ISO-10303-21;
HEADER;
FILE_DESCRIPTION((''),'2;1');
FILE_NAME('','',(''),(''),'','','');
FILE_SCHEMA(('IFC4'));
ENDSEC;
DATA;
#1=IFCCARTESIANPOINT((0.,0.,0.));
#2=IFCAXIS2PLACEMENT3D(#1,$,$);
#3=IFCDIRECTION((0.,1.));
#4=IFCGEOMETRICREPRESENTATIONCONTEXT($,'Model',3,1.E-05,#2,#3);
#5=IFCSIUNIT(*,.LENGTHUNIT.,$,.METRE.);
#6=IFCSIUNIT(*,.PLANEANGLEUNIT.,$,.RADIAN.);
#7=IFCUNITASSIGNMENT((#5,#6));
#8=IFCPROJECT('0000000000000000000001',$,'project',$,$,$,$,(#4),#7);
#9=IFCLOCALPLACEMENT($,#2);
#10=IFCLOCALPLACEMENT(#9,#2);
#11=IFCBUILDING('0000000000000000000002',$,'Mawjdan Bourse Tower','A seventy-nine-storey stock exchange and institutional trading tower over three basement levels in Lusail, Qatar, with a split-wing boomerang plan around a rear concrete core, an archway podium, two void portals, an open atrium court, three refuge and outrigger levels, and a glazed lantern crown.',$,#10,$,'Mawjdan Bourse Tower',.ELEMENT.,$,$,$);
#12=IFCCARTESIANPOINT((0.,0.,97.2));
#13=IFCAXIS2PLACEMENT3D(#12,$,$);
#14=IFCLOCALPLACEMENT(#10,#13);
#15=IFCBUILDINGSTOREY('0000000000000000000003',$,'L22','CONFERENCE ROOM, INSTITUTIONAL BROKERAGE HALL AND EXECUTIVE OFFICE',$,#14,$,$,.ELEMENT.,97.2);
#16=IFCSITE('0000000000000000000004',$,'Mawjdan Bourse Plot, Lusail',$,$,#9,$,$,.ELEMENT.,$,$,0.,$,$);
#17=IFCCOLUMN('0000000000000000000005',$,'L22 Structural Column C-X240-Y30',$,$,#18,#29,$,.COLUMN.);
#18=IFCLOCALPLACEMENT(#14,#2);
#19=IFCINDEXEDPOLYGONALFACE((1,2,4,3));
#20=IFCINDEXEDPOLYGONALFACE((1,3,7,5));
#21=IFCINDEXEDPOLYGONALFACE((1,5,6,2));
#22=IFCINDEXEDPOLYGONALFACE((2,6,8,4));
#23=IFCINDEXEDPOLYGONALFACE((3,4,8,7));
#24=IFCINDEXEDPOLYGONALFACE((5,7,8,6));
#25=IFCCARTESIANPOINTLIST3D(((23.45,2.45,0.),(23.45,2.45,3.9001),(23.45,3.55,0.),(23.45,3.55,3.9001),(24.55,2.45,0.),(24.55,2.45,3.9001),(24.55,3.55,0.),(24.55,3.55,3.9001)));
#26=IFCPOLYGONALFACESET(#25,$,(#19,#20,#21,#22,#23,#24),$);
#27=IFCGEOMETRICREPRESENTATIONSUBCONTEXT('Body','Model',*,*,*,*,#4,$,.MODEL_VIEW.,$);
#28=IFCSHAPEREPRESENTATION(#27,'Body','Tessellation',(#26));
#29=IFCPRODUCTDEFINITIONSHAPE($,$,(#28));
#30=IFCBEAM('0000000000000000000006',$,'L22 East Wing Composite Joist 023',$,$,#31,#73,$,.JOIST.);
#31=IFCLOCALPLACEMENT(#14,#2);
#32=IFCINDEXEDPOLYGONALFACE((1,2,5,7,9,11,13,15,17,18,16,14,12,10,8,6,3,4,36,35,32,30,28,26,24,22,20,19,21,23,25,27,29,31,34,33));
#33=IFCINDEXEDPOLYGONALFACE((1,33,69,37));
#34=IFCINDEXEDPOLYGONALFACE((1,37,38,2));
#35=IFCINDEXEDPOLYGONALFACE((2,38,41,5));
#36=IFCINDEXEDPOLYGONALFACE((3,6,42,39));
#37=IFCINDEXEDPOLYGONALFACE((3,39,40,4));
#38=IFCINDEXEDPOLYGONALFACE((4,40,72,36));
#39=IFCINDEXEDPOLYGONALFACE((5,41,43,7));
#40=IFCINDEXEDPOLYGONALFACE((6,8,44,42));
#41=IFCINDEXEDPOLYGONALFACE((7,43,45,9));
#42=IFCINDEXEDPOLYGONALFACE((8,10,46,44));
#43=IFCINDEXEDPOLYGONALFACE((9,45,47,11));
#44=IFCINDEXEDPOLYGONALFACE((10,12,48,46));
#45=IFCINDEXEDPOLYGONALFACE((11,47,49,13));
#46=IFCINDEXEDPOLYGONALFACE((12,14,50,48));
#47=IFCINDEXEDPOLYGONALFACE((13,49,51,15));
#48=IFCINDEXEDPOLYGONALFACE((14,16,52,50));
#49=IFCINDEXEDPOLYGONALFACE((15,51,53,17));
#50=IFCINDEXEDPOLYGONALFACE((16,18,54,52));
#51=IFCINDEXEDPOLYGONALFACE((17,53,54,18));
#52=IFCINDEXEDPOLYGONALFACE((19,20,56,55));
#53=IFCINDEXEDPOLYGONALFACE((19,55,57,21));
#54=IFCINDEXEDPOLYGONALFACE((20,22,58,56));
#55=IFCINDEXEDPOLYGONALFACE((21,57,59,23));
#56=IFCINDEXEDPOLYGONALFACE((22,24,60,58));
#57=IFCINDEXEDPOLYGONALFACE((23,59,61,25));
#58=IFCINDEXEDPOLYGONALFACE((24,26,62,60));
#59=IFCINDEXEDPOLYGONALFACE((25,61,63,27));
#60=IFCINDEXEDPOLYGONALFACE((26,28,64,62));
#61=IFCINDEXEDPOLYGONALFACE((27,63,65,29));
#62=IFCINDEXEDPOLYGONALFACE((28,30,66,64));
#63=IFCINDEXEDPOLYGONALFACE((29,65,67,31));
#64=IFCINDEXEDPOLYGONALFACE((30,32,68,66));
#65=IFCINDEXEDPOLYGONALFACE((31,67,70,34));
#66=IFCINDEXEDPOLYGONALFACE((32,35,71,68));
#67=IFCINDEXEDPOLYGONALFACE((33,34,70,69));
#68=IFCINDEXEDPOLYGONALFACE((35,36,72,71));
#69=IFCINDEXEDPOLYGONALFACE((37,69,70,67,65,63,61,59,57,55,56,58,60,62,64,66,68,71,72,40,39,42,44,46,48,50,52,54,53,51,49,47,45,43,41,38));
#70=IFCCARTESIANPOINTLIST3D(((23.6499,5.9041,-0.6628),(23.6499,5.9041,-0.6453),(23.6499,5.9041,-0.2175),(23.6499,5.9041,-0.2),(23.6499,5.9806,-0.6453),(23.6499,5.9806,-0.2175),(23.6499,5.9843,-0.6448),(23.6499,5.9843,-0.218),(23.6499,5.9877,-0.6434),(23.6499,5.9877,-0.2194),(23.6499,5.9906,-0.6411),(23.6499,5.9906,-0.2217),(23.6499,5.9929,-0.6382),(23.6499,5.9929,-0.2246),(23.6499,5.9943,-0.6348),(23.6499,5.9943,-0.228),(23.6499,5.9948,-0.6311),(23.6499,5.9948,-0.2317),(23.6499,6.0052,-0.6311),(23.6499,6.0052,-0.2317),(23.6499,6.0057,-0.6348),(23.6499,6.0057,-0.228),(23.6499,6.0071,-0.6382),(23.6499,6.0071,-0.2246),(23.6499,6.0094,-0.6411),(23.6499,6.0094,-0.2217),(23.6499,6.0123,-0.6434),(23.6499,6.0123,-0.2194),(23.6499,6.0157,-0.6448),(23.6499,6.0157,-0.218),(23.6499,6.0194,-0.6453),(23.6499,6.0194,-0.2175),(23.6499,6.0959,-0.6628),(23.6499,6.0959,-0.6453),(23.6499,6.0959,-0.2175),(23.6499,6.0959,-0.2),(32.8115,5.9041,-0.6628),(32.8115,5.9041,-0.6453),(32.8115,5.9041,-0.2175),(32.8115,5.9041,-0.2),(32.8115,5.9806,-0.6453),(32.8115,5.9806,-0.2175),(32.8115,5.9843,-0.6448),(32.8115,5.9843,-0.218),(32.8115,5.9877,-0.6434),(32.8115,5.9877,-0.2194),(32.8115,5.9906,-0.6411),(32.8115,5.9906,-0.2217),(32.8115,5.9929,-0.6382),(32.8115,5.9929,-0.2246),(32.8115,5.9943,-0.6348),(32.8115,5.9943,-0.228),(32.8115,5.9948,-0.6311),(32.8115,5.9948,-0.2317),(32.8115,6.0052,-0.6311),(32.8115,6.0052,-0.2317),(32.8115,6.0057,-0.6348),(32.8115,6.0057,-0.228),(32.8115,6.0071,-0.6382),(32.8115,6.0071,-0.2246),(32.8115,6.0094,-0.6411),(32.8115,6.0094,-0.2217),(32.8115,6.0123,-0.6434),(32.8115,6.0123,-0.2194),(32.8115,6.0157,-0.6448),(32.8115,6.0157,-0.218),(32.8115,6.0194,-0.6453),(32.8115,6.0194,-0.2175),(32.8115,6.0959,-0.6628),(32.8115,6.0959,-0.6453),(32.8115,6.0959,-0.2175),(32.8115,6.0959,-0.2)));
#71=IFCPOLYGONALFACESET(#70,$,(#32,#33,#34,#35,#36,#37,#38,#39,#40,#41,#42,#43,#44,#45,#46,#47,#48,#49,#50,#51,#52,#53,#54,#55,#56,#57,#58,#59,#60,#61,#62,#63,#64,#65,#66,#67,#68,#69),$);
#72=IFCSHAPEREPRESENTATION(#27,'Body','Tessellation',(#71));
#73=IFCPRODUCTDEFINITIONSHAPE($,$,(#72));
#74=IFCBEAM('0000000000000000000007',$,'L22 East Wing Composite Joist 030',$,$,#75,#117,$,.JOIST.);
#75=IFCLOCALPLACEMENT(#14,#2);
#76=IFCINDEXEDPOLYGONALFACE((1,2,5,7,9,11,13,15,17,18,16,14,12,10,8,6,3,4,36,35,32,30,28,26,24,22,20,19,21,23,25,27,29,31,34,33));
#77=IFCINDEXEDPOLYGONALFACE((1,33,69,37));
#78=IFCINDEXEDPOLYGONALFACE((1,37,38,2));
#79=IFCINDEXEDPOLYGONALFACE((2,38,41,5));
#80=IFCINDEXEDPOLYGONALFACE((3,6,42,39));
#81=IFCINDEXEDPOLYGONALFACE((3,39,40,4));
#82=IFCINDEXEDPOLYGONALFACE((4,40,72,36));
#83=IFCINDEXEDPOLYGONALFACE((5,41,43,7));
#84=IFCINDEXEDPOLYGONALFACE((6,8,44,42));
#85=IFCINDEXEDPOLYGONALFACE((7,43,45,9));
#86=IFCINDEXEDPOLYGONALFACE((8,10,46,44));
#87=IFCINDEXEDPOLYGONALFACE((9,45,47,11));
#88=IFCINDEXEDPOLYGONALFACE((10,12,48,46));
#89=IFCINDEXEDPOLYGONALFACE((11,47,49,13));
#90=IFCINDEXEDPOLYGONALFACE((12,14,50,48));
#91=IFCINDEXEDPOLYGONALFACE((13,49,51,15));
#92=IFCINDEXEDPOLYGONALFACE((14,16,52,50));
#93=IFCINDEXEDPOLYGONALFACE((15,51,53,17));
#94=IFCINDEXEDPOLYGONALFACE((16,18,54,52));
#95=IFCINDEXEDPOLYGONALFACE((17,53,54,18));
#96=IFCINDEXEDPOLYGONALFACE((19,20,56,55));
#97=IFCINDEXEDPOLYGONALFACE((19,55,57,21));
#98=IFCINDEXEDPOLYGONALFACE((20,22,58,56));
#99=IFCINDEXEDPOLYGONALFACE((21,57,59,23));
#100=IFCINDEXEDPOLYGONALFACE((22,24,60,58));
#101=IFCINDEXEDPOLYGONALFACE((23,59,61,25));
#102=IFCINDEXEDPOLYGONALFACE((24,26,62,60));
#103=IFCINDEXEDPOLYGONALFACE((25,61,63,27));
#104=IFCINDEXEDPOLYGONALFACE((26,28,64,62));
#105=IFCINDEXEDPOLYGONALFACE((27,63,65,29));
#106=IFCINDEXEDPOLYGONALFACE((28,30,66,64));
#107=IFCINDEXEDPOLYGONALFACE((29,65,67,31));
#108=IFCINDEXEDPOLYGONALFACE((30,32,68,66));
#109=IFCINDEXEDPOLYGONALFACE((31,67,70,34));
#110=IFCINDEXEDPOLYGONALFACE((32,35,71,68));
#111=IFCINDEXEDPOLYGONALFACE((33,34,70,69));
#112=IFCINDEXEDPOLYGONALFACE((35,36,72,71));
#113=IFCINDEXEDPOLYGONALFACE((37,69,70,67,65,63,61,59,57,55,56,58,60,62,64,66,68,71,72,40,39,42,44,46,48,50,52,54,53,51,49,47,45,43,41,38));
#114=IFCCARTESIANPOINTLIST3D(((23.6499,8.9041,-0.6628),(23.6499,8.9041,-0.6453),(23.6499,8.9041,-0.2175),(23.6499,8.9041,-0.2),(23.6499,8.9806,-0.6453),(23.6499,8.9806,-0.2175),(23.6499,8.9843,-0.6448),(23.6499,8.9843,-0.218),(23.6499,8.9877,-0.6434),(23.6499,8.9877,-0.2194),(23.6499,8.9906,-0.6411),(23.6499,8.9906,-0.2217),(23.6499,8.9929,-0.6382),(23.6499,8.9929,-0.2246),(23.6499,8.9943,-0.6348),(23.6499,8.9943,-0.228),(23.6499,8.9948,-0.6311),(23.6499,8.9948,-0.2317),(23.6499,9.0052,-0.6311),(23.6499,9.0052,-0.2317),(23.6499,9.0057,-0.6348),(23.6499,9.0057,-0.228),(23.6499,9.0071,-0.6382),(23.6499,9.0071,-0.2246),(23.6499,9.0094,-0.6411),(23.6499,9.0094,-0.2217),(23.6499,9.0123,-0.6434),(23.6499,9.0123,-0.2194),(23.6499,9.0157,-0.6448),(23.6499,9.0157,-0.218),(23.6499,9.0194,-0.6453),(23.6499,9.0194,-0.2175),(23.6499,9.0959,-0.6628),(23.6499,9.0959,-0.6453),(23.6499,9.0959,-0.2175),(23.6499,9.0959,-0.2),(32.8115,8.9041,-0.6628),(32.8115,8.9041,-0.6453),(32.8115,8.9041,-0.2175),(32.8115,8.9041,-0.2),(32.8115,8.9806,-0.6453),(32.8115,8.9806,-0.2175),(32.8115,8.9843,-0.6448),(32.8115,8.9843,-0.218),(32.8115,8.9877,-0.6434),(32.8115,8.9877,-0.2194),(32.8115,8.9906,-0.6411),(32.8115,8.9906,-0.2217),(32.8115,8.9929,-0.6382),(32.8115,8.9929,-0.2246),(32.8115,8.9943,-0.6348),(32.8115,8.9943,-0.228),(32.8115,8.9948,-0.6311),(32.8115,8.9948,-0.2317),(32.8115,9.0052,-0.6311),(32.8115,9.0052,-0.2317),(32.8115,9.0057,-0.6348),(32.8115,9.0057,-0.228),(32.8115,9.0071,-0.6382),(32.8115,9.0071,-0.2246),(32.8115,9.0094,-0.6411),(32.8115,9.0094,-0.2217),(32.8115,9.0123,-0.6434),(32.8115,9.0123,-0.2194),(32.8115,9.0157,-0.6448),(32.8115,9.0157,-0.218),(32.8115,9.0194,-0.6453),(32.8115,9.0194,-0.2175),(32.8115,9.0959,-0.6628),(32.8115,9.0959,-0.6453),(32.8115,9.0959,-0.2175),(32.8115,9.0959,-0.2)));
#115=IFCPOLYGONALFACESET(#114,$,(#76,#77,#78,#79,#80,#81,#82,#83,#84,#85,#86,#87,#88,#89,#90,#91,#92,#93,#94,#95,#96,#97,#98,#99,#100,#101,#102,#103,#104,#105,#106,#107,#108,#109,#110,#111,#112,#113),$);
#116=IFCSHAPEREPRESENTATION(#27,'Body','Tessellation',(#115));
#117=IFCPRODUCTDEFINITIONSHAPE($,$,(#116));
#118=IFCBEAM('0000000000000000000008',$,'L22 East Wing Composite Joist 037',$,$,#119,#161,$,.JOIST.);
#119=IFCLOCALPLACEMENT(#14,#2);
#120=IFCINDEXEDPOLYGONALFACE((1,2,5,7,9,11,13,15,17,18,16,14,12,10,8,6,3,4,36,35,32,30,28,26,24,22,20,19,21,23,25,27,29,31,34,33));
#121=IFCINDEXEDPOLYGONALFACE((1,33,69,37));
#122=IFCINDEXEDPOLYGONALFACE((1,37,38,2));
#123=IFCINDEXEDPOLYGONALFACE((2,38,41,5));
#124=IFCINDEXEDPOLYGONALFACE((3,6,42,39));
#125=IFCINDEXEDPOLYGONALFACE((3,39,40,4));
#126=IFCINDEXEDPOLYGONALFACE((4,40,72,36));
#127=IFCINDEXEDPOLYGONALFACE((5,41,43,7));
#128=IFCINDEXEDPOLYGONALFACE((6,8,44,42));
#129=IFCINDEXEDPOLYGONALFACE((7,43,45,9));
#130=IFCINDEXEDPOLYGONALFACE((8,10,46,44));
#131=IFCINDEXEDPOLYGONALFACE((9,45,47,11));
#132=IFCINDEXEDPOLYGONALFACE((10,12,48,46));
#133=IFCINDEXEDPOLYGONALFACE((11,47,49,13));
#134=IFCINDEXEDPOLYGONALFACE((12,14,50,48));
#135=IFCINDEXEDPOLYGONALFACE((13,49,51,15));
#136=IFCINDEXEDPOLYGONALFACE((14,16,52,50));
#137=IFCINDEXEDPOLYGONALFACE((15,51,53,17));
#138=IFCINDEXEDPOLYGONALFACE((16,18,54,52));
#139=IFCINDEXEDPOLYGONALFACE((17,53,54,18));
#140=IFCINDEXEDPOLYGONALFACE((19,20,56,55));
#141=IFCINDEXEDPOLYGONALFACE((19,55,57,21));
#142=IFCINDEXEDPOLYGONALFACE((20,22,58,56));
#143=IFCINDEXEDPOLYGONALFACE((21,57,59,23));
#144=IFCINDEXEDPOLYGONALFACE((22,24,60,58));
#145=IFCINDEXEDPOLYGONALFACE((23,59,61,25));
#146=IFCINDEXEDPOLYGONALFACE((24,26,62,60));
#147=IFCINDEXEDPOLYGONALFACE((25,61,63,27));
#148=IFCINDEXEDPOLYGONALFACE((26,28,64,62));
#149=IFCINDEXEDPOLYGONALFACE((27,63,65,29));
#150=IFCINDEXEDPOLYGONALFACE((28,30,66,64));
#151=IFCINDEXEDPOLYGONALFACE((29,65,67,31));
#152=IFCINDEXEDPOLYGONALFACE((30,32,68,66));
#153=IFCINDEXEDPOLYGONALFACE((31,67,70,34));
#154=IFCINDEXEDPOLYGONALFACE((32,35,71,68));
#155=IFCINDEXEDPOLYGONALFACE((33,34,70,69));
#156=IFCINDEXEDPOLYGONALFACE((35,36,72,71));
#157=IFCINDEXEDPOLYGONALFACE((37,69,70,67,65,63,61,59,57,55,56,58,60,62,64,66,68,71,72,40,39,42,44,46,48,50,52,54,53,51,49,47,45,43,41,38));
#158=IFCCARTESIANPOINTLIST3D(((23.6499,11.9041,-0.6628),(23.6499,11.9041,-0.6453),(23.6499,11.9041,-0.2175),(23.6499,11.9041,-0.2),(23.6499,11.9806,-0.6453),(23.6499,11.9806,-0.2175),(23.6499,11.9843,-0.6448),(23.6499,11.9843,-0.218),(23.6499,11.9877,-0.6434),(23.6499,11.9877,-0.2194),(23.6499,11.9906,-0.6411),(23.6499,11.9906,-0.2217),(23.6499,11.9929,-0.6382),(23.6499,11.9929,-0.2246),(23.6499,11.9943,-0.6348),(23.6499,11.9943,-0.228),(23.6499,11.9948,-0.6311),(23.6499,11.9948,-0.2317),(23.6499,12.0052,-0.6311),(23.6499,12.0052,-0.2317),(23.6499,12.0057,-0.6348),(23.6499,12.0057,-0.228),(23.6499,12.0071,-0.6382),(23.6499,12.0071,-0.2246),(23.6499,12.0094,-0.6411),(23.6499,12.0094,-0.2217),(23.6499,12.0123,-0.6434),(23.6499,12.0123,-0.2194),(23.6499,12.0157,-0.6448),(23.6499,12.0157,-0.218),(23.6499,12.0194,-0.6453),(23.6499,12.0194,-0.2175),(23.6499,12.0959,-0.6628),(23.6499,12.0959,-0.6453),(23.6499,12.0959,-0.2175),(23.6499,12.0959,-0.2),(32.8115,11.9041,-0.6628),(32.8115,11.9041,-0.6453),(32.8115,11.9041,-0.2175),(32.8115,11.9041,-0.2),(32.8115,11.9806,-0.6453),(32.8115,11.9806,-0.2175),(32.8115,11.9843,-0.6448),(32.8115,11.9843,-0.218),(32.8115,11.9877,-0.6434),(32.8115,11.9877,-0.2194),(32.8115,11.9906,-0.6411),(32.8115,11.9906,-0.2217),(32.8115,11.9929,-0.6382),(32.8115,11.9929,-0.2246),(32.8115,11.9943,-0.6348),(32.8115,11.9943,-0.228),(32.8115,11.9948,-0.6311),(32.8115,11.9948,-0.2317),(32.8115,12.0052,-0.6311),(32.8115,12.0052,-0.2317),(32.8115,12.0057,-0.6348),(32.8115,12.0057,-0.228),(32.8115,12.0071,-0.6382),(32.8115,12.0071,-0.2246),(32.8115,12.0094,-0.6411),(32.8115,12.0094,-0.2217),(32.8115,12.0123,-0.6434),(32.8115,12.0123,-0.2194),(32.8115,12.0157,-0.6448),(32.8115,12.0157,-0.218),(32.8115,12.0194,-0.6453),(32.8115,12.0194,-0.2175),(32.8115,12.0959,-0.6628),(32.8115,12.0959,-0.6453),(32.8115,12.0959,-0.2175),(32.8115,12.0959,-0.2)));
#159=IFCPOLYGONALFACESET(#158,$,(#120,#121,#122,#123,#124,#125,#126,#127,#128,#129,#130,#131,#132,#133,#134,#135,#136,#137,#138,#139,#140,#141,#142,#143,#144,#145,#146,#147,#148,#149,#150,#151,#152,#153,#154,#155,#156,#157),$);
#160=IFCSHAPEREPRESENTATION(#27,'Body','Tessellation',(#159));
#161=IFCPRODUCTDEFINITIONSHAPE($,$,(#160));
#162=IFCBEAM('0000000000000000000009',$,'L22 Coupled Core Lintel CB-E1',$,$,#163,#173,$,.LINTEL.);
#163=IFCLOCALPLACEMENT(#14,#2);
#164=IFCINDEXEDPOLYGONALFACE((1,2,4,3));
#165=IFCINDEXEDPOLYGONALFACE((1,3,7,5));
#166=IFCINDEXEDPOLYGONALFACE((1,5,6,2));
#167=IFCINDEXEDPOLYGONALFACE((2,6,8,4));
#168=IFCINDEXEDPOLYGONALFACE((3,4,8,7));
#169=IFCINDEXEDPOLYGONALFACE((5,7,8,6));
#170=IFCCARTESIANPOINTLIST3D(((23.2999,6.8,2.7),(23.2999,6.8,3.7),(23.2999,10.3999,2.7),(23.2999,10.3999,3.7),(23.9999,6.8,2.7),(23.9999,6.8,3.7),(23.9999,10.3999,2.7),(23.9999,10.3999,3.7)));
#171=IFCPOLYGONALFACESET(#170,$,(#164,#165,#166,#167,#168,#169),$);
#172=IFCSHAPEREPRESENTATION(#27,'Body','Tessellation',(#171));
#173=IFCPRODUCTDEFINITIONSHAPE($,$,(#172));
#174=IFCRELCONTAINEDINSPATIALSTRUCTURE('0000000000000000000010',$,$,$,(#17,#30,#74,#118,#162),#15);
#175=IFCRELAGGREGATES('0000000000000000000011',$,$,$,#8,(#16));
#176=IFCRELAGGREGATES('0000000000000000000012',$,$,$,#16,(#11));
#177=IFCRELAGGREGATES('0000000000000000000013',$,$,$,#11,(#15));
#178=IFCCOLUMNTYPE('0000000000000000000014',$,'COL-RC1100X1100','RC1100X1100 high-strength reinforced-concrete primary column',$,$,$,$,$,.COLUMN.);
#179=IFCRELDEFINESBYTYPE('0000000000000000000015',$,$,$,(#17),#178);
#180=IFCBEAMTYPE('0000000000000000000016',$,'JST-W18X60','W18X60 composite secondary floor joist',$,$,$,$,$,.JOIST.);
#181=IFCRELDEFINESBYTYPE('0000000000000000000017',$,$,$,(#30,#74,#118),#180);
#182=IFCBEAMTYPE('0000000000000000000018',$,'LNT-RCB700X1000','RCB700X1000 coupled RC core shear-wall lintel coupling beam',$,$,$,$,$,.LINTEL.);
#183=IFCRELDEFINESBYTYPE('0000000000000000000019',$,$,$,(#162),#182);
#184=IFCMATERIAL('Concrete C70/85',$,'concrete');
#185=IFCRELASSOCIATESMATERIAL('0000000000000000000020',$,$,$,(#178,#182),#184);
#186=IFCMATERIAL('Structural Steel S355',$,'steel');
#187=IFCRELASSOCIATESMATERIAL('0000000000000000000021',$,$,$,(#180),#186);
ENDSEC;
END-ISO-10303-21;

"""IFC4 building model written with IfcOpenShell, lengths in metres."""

from ifc_helpers import new_model, si_unit, direction, frame, origin, origin_2d, place, context, subcontext, project, spatial, rectangle, i_section, extrude, material, material_profile, profile_set, type_object, element, save


model = new_model("IFC4")

# Units and contexts
model_context = context("Model", 3, precision=1e-05, world=origin(), true_north=direction((0.0, 1.0)))
body_context = subcontext(model_context, "Body", "Model", "MODEL_VIEW")
ifc_project = project(units=[si_unit("LENGTHUNIT", "METRE"), si_unit("PLANEANGLEUNIT", "RADIAN")], contexts=[model_context])

# Site, building, storey
site_placement = place(None, origin())
site = spatial("IfcSite", under=ifc_project, at=site_placement, Name="Mawjdan Bourse Plot, Lusail", CompositionType="ELEMENT", RefElevation=0.0)
building_placement = place(site_placement, origin())
building = spatial("IfcBuilding", under=site, at=building_placement, Name="Mawjdan Bourse Tower", Description="A seventy-nine-storey stock exchange and institutional trading tower over three basement levels in Lusail, Qatar, with a split-wing boomerang plan around a rear concrete core, an archway podium, two void portals, an open atrium court, three refuge and outrigger levels, and a glazed lantern crown.", LongName="Mawjdan Bourse Tower", CompositionType="ELEMENT")
storey_placement = place(building_placement, frame((0.0, 0.0, 97.2)))
storey = spatial("IfcBuildingStorey", under=building, at=storey_placement, Name="L22", Description="CONFERENCE ROOM, INSTITUTIONAL BROKERAGE HALL AND EXECUTIVE OFFICE", CompositionType="ELEMENT", Elevation=97.2)

# Column
ifc_material_1 = material(Name="Concrete C70/85", Category="concrete")
ifc_material_profile_1 = material_profile(ifc_material_1, rectangle(XDim=1.1001, YDim=1.1001, at=origin_2d()), Name="RC1100X1100")
ifc_profile_set_1 = profile_set([ifc_material_profile_1], Name="Concrete C70/85")
column_type = type_object("IfcColumnType", Name="COL-RC1100X1100", Description="RC1100X1100 high-strength reinforced-concrete primary column", PredefinedType="COLUMN", material=ifc_profile_set_1)
column_placement = place(storey_placement, frame((24.0, 3.0, 0.0), z_axis=(0.0, 0.0, 1.0), x_axis=(1.0, 0.0, 0.0)))
element("IfcColumn", 1, at=column_placement, inside=storey, type_object=column_type, Name="L22 Structural Column C-X240-Y30", PredefinedType="COLUMN", context=body_context, shape_type="SweptSolid", body=[
    extrude(rectangle(XDim=1.1001, YDim=1.1001, at=origin_2d()), origin(), (0.0, 0.0, 1.0), 3.9001),
])

# Beams
ifc_material_2 = material(Name="Structural Steel S355", Category="steel")
ifc_material_profile_2 = material_profile(ifc_material_2, i_section(OverallWidth=0.1919, OverallDepth=0.4629, WebThickness=0.0105, FlangeThickness=0.0176, FilletRadius=0.0142, at=origin_2d()), Name="W18X60")
ifc_profile_set_2 = profile_set([ifc_material_profile_2], Name="Structural Steel S355")
beam_type_1 = type_object("IfcBeamType", Name="JST-W18X60", Description="W18X60 composite secondary floor joist", PredefinedType="JOIST", material=ifc_profile_set_2)
for number, where, z_axis, x_axis, name in (
    (2, (23.6499, 6.0, -0.4314), (1.0, 0.0, 0.0), (0.0, 1.0, 0.0), "L22 East Wing Composite Joist 023"),
    (3, (23.6499, 9.0, -0.4314), (1.0, 0.0, 0.0), (0.0, 1.0, 0.0), "L22 East Wing Composite Joist 030"),
    (4, (23.6499, 12.0, -0.4314), (1.0, 0.0, 0.0), (0.0, 1.0, 0.0), "L22 East Wing Composite Joist 037"),
):
    element("IfcBeam", number, at=place(storey_placement, frame(where, z_axis=z_axis, x_axis=x_axis)), inside=storey, type_object=beam_type_1, Name=name, PredefinedType="JOIST", context=body_context, shape_type="SweptSolid", body=[
        extrude(i_section(OverallWidth=0.1919, OverallDepth=0.4629, WebThickness=0.0105, FlangeThickness=0.0176, FilletRadius=0.0142, at=origin_2d()), origin(), (0.0, 0.0, 1.0), 9.1616),
    ])
ifc_material_profile_3 = material_profile(ifc_material_1, rectangle(XDim=0.7, YDim=1.0, at=origin_2d()), Name="RCB700X1000")
ifc_profile_set_3 = profile_set([ifc_material_profile_3], Name="Concrete C70/85")
beam_type_2 = type_object("IfcBeamType", Name="LNT-RCB700X1000", Description="RCB700X1000 coupled RC core shear-wall lintel coupling beam", PredefinedType="LINTEL", material=ifc_profile_set_3)
beam_1_placement = place(storey_placement, frame((23.6499, 6.8, 3.2), z_axis=(0.0, 1.0, 0.0), x_axis=(-1.0, 0.0, 0.0)))
element("IfcBeam", 5, at=beam_1_placement, inside=storey, type_object=beam_type_2, Name="L22 Coupled Core Lintel CB-E1", PredefinedType="LINTEL", context=body_context, shape_type="SweptSolid", body=[
    extrude(rectangle(XDim=0.7, YDim=1.0, at=origin_2d()), origin(), (0.0, 0.0, 1.0), 3.5999),
])

save(model, "model.ifc")
